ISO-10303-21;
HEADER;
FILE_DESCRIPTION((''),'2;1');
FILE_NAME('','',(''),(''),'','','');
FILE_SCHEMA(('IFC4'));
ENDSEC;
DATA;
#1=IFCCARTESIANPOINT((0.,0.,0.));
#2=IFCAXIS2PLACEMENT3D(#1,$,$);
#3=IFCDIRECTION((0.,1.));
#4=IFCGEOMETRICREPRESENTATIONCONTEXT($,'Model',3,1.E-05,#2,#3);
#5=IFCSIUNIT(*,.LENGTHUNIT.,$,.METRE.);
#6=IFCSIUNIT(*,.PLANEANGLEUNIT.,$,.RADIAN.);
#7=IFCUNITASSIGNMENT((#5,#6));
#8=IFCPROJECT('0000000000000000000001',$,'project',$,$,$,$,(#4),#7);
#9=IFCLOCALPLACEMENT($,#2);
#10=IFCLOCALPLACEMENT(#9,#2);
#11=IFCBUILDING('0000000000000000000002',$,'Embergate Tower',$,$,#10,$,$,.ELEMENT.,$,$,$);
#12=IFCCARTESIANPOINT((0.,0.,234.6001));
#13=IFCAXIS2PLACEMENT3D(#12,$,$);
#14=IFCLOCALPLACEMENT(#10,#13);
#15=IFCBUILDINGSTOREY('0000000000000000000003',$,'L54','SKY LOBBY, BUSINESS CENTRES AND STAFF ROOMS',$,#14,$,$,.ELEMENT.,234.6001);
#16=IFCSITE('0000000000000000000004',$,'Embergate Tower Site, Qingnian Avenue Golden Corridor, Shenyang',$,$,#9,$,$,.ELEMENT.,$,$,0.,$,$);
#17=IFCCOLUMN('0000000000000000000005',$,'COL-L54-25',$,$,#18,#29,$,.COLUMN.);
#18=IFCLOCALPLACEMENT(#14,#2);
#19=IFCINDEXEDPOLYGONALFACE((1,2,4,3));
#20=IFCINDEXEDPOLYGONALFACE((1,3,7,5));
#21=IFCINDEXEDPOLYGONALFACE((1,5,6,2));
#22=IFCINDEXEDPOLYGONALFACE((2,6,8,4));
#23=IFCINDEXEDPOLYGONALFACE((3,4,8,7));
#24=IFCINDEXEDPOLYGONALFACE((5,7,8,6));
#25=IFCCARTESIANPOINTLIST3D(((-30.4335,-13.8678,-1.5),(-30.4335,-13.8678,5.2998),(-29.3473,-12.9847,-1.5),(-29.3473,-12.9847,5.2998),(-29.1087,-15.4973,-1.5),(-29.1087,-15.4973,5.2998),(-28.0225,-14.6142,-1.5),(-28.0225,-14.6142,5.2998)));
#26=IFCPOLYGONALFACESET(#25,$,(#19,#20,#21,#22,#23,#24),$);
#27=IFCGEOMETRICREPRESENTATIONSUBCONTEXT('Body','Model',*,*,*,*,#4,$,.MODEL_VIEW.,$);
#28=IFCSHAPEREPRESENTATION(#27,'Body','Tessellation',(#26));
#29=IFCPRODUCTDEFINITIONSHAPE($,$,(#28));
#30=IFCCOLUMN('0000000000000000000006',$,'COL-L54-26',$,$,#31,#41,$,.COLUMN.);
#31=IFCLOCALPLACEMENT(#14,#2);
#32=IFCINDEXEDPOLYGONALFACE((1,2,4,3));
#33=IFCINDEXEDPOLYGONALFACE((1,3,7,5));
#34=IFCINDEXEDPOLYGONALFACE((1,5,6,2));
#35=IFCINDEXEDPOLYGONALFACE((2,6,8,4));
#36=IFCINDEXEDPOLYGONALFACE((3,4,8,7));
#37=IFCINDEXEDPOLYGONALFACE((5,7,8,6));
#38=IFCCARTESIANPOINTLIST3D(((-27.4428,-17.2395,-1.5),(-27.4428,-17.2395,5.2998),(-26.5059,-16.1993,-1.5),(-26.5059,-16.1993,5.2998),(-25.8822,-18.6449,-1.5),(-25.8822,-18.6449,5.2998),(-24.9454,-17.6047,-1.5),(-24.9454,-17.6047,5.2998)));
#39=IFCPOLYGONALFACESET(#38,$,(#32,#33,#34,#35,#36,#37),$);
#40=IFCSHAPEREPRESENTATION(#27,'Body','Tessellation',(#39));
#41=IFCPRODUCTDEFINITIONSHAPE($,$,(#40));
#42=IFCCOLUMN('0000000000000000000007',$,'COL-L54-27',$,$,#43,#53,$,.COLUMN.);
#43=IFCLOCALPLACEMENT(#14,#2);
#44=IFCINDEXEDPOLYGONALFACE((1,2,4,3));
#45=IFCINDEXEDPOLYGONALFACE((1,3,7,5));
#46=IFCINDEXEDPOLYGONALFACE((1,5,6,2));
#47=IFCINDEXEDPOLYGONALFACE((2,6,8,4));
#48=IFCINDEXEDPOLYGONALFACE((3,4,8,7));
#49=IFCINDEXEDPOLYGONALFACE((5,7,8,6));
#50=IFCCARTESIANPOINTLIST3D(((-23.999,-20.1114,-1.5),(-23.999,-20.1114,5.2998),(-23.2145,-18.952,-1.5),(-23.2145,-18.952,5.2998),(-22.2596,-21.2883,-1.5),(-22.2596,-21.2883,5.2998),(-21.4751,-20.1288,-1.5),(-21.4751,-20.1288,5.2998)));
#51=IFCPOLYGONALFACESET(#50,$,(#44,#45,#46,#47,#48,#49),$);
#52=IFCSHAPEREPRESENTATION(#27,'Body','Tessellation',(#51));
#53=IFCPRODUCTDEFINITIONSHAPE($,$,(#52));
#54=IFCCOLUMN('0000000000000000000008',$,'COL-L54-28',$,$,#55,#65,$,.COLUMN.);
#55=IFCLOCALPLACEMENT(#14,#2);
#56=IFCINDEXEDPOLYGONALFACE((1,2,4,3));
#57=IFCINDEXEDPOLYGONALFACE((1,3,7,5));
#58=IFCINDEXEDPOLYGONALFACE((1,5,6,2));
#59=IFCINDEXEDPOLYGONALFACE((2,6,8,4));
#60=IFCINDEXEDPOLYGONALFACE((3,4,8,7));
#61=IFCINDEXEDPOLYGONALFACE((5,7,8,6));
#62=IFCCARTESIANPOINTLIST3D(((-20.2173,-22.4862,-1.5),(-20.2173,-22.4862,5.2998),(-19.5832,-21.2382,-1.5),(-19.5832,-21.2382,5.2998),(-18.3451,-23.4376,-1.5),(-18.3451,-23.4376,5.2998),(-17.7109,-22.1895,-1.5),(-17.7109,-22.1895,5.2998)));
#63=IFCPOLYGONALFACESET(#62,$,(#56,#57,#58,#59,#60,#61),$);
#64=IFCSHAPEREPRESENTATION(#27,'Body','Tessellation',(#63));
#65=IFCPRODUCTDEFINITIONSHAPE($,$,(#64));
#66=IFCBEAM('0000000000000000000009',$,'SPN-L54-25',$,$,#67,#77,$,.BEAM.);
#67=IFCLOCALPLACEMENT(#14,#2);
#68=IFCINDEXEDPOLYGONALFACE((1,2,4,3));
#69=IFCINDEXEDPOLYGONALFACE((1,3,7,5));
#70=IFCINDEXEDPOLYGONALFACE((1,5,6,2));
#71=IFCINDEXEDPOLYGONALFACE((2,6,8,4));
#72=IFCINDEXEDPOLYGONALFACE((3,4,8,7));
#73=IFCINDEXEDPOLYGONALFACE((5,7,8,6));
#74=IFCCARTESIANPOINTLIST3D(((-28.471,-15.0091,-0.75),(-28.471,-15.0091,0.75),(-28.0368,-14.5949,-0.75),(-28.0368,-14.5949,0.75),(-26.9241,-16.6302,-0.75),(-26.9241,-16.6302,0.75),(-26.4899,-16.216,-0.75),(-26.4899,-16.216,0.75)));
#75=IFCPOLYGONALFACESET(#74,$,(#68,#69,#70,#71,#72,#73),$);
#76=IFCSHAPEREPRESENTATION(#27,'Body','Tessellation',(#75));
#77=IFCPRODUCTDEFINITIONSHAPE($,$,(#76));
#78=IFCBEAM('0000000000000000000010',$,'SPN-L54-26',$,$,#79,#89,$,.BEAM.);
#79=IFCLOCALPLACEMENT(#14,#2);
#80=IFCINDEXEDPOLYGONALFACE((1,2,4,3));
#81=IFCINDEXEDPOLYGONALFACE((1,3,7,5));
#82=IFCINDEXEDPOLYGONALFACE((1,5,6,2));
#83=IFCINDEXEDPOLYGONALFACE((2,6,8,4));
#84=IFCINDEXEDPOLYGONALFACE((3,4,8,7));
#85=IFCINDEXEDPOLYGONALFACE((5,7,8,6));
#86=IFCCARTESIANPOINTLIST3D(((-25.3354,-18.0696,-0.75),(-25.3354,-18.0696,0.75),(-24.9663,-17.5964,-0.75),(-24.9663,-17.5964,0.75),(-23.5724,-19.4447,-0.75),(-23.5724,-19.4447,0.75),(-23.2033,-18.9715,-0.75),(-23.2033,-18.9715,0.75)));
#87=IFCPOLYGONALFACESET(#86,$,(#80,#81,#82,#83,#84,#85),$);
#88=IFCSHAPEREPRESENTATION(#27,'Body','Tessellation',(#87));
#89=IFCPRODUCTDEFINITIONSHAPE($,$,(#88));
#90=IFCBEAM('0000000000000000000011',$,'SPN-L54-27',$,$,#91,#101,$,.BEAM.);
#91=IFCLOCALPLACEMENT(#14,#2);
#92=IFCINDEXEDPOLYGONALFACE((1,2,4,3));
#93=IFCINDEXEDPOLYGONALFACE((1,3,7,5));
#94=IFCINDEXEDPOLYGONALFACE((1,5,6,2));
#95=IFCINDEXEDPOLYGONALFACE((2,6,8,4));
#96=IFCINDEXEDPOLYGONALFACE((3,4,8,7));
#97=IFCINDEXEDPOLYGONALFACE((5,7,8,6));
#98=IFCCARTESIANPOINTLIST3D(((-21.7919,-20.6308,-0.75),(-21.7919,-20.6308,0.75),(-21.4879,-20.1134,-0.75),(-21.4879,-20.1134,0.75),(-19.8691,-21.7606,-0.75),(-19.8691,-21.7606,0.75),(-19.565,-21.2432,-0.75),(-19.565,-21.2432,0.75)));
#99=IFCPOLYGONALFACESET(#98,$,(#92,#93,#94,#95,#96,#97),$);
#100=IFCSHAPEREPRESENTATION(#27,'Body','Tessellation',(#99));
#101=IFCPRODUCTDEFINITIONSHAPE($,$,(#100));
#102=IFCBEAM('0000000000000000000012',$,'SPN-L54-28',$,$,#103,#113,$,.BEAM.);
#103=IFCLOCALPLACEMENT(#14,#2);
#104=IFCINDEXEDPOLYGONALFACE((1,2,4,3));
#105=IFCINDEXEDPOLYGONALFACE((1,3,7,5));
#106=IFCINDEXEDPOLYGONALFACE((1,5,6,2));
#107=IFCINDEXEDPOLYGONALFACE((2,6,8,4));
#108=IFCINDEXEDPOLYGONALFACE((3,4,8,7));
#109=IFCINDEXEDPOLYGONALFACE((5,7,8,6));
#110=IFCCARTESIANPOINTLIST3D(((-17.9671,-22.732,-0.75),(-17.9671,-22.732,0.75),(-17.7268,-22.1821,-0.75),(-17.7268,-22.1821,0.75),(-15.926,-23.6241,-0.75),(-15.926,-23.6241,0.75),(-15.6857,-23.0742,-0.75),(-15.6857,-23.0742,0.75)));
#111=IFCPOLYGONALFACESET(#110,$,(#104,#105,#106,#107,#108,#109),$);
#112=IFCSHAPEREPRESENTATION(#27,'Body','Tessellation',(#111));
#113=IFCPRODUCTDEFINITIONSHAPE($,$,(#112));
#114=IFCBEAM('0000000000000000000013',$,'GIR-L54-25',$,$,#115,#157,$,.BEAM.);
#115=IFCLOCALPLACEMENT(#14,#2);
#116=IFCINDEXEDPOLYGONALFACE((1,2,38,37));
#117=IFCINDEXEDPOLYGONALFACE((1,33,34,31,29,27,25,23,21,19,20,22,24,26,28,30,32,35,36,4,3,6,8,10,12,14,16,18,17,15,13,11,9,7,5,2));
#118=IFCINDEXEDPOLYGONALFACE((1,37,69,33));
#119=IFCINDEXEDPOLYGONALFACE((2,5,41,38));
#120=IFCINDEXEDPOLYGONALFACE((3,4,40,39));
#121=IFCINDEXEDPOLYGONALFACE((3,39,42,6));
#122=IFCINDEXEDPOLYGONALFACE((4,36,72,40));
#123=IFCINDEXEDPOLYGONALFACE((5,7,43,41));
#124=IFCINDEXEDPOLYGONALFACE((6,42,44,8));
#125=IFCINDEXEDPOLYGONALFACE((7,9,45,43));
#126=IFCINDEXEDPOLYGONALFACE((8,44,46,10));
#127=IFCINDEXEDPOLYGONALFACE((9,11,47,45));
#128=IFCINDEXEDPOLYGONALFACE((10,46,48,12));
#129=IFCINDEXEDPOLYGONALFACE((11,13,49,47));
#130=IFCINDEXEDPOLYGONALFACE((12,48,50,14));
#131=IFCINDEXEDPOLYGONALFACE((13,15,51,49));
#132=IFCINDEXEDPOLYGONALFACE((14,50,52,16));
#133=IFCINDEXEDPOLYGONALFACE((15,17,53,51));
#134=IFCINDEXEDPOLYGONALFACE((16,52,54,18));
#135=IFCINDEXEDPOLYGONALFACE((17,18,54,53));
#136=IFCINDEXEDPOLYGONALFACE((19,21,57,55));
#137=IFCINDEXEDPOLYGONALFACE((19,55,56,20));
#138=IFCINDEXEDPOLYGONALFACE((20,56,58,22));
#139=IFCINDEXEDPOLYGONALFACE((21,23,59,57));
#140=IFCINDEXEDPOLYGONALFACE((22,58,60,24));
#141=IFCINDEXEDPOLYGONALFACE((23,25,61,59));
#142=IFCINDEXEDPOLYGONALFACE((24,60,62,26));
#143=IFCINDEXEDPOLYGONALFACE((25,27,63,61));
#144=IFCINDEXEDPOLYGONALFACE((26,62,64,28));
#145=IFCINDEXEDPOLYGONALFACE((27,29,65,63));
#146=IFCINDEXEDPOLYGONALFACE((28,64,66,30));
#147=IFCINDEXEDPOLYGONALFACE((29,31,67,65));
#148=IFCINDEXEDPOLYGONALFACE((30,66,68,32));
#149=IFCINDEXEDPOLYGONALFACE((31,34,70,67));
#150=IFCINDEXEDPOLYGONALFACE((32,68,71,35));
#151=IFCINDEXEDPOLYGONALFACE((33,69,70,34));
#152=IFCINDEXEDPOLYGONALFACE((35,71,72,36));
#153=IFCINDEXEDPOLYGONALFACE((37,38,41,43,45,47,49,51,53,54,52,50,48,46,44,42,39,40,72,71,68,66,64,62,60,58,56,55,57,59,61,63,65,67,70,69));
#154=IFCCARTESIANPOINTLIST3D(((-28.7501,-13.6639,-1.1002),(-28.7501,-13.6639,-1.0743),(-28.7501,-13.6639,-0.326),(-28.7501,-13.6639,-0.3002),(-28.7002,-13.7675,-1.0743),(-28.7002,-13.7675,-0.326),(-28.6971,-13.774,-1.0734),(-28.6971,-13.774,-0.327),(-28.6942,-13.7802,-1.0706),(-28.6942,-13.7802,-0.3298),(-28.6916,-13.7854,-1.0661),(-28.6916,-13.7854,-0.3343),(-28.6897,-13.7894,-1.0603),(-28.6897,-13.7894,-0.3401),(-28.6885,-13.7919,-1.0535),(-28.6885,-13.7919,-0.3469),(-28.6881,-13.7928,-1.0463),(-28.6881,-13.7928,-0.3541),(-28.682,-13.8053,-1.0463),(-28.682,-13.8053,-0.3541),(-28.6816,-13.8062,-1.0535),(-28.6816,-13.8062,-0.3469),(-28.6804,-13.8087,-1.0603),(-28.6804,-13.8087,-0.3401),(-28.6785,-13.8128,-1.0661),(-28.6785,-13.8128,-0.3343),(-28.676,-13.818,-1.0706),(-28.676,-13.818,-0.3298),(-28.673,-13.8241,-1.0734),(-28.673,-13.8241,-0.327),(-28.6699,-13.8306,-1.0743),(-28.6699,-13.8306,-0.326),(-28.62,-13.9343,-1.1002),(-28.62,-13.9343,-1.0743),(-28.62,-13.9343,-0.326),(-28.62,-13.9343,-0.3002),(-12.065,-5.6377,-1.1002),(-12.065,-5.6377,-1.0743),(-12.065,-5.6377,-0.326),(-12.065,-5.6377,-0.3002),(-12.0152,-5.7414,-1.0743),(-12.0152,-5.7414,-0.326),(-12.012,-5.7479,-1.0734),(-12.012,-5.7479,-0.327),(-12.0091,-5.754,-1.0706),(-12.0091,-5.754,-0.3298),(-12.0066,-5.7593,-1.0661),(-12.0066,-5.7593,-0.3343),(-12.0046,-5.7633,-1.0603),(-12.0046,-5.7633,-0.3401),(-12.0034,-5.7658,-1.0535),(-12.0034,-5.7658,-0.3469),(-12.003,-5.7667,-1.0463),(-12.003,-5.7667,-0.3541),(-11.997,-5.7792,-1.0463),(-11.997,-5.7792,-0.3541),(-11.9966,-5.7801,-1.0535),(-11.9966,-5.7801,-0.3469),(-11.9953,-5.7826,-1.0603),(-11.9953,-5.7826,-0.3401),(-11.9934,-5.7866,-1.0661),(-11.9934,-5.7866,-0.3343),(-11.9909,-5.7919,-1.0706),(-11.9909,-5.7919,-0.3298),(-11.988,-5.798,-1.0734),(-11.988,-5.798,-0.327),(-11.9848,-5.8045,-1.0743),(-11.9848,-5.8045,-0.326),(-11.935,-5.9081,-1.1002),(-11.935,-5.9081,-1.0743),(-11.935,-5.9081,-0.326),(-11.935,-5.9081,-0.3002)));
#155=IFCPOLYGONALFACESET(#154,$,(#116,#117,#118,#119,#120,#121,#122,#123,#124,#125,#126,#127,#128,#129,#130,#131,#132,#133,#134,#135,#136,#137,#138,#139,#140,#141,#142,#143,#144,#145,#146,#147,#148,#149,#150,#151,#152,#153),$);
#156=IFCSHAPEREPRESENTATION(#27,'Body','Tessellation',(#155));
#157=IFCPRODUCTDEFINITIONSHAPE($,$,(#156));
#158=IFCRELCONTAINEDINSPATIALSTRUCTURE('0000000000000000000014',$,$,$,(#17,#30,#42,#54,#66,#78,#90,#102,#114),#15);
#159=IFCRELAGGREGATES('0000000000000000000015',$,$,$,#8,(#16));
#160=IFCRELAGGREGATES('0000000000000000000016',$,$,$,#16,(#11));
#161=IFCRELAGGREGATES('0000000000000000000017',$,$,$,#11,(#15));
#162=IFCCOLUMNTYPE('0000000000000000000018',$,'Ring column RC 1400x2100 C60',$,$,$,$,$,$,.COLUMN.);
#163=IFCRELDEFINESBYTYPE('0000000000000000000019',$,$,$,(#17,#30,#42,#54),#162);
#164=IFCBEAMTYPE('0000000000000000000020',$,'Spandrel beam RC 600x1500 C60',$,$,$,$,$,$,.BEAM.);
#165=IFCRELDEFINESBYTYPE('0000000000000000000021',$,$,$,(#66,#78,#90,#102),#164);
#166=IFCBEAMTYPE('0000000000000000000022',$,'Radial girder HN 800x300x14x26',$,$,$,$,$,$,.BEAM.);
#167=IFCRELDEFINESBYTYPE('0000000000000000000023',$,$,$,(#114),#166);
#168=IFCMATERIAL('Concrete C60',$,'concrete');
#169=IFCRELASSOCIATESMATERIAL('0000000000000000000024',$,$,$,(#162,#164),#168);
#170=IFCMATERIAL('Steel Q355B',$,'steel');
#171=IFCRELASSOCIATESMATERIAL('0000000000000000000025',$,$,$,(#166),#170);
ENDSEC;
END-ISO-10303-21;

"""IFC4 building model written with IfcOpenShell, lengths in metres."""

from ifc_helpers import new_model, si_unit, direction, frame, origin, origin_2d, place, context, subcontext, project, spatial, rectangle, i_section, extrude, source, transform, mapped, material, material_profile, profile_set, type_object, element, save


model = new_model("IFC4")

# Units and contexts
model_context = context("Model", 3, precision=1e-05, world=origin(), true_north=direction((0.0, 1.0)))
body_context = subcontext(model_context, "Body", "Model", "MODEL_VIEW")
ifc_project = project(units=[si_unit("LENGTHUNIT", "METRE"), si_unit("PLANEANGLEUNIT", "RADIAN")], contexts=[model_context])

# Site, building, storey
site_placement = place(None, origin())
site = spatial("IfcSite", under=ifc_project, at=site_placement, Name="Embergate Tower Site, Qingnian Avenue Golden Corridor, Shenyang", CompositionType="ELEMENT", RefElevation=0.0)
building_placement = place(site_placement, origin())
building = spatial("IfcBuilding", under=site, at=building_placement, Name="Embergate Tower", CompositionType="ELEMENT")
storey_placement = place(building_placement, frame((0.0, 0.0, 234.6001)))
storey = spatial("IfcBuildingStorey", under=building, at=storey_placement, Name="L54", Description="SKY LOBBY, BUSINESS CENTRES AND STAFF ROOMS", CompositionType="ELEMENT", Elevation=234.6001)

# Columns
ifc_material_1 = material(Name="Concrete C60", Category="concrete")
ifc_material_profile_1 = material_profile(ifc_material_1, rectangle(XDim=1.3999, YDim=2.1001, at=origin_2d()), Name="RC 1400x2100")
ifc_profile_set_1 = profile_set([ifc_material_profile_1], Name="Concrete C60")
column_type = type_object("IfcColumnType", Name="Ring column RC 1400x2100 C60", PredefinedType="COLUMN", material=ifc_profile_set_1)
shared_shape_1 = source(origin(), body_context, "Body", "SweptSolid", [
    extrude(rectangle(XDim=1.3999, YDim=2.1001, at=origin_2d()), origin(), (0.0, 0.0, 1.0), 6.7998),
])
for number, where, z_axis, x_axis, name in (
    (1, (-29.228, -14.241, -1.5), (0.0, 0.0, 1.0), (-0.775914, -0.630838, 0.0), "COL-L54-25"),
    (2, (-26.1941, -17.4221, -1.5), (0.0, 0.0, 1.0), (-0.669208, -0.743075, 0.0), "COL-L54-26"),
    (3, (-22.7371, -20.1201, -1.5), (0.0, 0.0, 1.0), (-0.560379, -0.828236, 0.0), "COL-L54-27"),
    (4, (-18.9641, -22.3379, -1.5), (0.0, 0.0, 1.0), (-0.452995, -0.891513, 0.0), "COL-L54-28"),
):
    element("IfcColumn", number, at=place(storey_placement, frame(where, z_axis=z_axis, x_axis=x_axis)), inside=storey, type_object=column_type, Name=name, PredefinedType="COLUMN", context=body_context, shape_type="MappedRepresentation", body=[
        mapped(shared_shape_1, transform((0.0, 0.0, 0.0))),
    ])

# Beams
ifc_material_profile_2 = material_profile(ifc_material_1, rectangle(XDim=0.6001, YDim=1.5, at=origin_2d()), Name="RC 600x1500")
ifc_profile_set_2 = profile_set([ifc_material_profile_2], Name="Concrete C60")
beam_type_1 = type_object("IfcBeamType", Name="Spandrel beam RC 600x1500 C60", PredefinedType="BEAM", material=ifc_profile_set_2)
shared_shape_2 = source(origin(), body_context, "Body", "SweptSolid", [
    extrude(rectangle(XDim=0.6001, YDim=1.5, at=origin_2d()), origin(), (0.0, 0.0, 1.0), 2.2407),
])
beam_1_placement = place(storey_placement, frame((-28.2539, -14.802, 0.0), z_axis=(0.690351, -0.723474, 0.0), x_axis=(0.723474, 0.690351, 0.0)))
element("IfcBeam", 5, at=beam_1_placement, inside=storey, type_object=beam_type_1, Name="SPN-L54-25", PredefinedType="BEAM", context=body_context, shape_type="MappedRepresentation", body=[
    mapped(shared_shape_2, transform((0.0, 0.0, 0.0))),
])
shared_shape_3 = source(origin(), body_context, "Body", "SweptSolid", [
    extrude(rectangle(XDim=0.6001, YDim=1.5, at=origin_2d()), origin(), (0.0, 0.0, 1.0), 2.2358),
])
beam_2_placement = place(storey_placement, frame((-25.1509, -17.833, 0.0), z_axis=(0.788522, -0.615006, 0.0), x_axis=(0.615006, 0.788522, 0.0)))
element("IfcBeam", 6, at=beam_2_placement, inside=storey, type_object=beam_type_1, Name="SPN-L54-26", PredefinedType="BEAM", context=body_context, shape_type="MappedRepresentation", body=[
    mapped(shared_shape_3, transform((0.0, 0.0, 0.0))),
])
shared_shape_4 = source(origin(), body_context, "Body", "SweptSolid", [
    extrude(rectangle(XDim=0.6001, YDim=1.5, at=origin_2d()), origin(), (0.0, 0.0, 1.0), 2.2302),
])
beam_3_placement = place(storey_placement, frame((-21.6399, -20.3721, 0.0), z_axis=(0.862171, -0.506618, 0.0), x_axis=(0.506618, 0.862171, 0.0)))
element("IfcBeam", 7, at=beam_3_placement, inside=storey, type_object=beam_type_1, Name="SPN-L54-27", PredefinedType="BEAM", context=body_context, shape_type="MappedRepresentation", body=[
    mapped(shared_shape_4, transform((0.0, 0.0, 0.0))),
])
shared_shape_5 = source(origin(), body_context, "Body", "SweptSolid", [
    extrude(rectangle(XDim=0.6001, YDim=1.5, at=origin_2d()), origin(), (0.0, 0.0, 1.0), 2.2275),
])
beam_4_placement = place(storey_placement, frame((-17.8469, -22.457, 0.0), z_axis=(0.916298, -0.400497, 0.0), x_axis=(0.400497, 0.916298, 0.0)))
element("IfcBeam", 8, at=beam_4_placement, inside=storey, type_object=beam_type_1, Name="SPN-L54-28", PredefinedType="BEAM", context=body_context, shape_type="MappedRepresentation", body=[
    mapped(shared_shape_5, transform((0.0, 0.0, 0.0))),
])
ifc_material_2 = material(Name="Steel Q355B", Category="steel")
ifc_material_profile_3 = material_profile(ifc_material_2, i_section(OverallWidth=0.3, OverallDepth=0.8, WebThickness=0.0139, FlangeThickness=0.0259, FilletRadius=0.0281, at=origin_2d()), Name="HN 800x300x14x26")
ifc_profile_set_3 = profile_set([ifc_material_profile_3], Name="Steel Q355 grade B")
beam_type_2 = type_object("IfcBeamType", Name="Radial girder HN 800x300x14x26", PredefinedType="BEAM", material=ifc_profile_set_3)
shared_shape_6 = source(origin(), body_context, "Body", "SweptSolid", [
    extrude(i_section(OverallWidth=0.3, OverallDepth=0.8, WebThickness=0.0139, FlangeThickness=0.0259, FilletRadius=0.0281, at=origin_2d()), origin(), (0.0, 0.0, 1.0), 18.5151),
])
beam_5_placement = place(storey_placement, frame((-28.6851, -13.7991, -0.7002), z_axis=(0.901158, 0.43349, 0.0), x_axis=(-0.43349, 0.901158, 0.0)))
element("IfcBeam", 9, at=beam_5_placement, inside=storey, type_object=beam_type_2, Name="GIR-L54-25", PredefinedType="BEAM", context=body_context, shape_type="MappedRepresentation", body=[
    mapped(shared_shape_6, transform((0.0, 0.0, 0.0))),
])

save(model, "model.ifc")
